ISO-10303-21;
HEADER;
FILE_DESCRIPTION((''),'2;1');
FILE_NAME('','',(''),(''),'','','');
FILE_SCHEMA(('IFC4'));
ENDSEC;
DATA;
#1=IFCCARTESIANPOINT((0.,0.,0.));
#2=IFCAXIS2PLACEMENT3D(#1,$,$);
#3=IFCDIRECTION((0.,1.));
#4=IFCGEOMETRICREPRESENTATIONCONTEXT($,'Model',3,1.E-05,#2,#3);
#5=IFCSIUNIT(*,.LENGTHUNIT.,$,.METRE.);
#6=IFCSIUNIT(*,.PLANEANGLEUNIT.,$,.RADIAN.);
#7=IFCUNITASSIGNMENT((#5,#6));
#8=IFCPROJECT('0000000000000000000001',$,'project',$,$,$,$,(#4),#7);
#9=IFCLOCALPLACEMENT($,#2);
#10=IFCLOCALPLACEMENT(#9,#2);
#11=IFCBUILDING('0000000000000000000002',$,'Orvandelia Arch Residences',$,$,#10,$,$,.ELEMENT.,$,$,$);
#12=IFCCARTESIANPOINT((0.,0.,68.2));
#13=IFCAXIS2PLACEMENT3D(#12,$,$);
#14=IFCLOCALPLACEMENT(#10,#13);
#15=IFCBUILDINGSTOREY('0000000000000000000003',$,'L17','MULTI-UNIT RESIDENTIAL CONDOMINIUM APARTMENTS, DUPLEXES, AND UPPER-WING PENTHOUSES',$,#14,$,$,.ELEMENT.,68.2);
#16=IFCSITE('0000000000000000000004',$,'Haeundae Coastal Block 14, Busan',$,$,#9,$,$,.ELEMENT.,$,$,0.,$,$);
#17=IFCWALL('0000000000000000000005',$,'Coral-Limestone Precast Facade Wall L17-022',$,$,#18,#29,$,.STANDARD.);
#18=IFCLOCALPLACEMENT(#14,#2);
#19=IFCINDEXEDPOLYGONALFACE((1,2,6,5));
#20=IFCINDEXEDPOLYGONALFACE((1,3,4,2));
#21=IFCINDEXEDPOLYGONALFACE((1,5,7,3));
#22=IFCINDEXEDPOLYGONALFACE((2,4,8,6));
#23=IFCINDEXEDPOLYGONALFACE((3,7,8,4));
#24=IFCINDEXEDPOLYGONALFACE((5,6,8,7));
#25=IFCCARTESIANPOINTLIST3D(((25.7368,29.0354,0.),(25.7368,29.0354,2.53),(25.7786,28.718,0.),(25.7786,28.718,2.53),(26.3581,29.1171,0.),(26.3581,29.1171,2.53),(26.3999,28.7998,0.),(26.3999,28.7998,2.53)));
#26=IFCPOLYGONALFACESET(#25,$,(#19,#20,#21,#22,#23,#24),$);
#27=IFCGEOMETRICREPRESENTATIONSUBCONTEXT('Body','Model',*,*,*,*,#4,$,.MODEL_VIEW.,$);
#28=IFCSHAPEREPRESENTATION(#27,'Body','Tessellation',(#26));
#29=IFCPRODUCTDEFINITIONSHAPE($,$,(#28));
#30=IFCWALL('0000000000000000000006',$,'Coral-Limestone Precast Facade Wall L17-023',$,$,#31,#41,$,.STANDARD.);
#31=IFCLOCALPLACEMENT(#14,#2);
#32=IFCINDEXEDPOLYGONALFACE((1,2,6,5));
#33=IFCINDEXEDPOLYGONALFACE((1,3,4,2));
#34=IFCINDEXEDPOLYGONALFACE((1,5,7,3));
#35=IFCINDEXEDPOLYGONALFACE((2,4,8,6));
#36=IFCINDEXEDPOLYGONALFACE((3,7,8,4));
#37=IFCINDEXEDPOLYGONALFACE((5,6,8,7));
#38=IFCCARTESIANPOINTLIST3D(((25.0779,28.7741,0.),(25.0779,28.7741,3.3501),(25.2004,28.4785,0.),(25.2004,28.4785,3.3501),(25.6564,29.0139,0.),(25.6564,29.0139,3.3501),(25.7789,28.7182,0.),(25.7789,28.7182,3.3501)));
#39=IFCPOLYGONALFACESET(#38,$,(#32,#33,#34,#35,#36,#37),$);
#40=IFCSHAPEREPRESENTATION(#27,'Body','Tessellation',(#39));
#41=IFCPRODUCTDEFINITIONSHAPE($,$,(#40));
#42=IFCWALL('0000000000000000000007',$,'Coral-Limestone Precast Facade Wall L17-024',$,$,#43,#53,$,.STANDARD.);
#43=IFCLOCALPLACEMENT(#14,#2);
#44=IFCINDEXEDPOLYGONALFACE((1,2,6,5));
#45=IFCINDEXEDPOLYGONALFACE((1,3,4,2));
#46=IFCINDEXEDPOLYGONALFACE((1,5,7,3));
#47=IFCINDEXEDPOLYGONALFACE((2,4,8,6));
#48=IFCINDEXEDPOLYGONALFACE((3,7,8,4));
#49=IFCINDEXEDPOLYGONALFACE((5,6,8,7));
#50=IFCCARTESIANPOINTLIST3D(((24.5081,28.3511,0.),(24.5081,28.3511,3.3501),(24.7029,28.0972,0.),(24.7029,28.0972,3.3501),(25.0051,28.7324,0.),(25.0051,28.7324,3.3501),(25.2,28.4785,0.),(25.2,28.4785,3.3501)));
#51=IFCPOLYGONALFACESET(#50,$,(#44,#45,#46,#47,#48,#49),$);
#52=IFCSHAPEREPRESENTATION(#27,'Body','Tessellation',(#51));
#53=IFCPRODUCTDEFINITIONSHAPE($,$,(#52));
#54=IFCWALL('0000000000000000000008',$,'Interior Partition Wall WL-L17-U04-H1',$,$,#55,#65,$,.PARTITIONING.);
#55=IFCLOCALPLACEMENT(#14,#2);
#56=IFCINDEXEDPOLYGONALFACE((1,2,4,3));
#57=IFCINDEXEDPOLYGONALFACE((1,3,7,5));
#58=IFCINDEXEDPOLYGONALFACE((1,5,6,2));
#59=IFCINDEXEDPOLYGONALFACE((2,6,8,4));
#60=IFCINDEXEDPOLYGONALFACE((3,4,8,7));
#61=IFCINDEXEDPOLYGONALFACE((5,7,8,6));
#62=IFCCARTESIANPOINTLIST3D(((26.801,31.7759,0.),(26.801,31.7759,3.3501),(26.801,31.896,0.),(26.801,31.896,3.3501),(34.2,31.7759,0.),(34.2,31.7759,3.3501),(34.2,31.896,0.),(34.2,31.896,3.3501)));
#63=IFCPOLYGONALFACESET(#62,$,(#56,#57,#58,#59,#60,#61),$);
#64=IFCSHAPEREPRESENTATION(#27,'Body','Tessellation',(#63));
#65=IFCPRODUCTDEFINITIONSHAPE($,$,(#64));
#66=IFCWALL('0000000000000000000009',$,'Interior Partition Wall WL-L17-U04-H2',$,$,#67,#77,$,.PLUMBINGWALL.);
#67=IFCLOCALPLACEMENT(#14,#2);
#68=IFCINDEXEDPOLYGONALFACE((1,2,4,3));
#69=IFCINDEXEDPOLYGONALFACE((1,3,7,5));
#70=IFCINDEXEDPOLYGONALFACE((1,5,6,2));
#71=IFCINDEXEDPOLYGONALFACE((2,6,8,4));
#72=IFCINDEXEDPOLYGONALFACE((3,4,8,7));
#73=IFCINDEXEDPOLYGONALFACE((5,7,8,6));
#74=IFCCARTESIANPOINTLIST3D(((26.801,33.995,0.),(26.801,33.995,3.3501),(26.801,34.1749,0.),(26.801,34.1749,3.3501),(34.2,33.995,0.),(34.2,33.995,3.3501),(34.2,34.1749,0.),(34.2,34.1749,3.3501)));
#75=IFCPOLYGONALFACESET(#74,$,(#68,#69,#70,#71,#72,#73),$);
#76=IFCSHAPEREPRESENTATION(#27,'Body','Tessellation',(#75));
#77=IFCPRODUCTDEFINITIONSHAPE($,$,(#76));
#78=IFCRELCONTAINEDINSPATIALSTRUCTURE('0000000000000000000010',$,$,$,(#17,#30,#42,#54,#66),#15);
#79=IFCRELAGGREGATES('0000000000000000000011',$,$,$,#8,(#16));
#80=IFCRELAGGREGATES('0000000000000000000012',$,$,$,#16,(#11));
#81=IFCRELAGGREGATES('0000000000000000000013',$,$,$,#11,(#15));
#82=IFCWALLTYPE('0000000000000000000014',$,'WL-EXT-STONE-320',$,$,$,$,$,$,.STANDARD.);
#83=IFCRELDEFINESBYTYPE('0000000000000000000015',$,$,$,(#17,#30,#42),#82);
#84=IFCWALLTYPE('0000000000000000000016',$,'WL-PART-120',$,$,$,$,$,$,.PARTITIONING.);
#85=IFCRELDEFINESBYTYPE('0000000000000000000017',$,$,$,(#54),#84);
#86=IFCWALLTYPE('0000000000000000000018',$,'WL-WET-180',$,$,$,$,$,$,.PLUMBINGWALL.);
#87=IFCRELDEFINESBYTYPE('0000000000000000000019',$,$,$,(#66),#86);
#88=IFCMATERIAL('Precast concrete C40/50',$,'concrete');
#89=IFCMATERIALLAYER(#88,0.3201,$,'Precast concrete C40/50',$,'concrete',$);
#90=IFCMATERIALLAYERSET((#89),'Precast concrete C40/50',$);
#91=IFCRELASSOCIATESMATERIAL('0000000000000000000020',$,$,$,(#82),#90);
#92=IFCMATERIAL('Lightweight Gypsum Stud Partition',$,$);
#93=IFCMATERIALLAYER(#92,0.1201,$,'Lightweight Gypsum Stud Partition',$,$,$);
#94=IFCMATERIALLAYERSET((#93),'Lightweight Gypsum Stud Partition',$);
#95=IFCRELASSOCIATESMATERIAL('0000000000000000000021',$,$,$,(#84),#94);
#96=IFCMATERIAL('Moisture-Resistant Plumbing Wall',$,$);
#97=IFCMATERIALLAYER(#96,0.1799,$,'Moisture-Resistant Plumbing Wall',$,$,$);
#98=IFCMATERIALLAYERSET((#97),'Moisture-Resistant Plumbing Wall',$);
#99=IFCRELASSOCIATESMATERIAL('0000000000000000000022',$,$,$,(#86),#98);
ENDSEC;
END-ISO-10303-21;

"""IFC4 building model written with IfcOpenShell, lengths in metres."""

from ifc_helpers import new_model, si_unit, direction, frame, frame_2d, origin, place, context, subcontext, project, spatial, rectangle, extrude, material, layer, layer_set, type_object, element, save


model = new_model("IFC4")

# Units and contexts
model_context = context("Model", 3, precision=1e-05, world=origin(), true_north=direction((0.0, 1.0)))
body_context = subcontext(model_context, "Body", "Model", "MODEL_VIEW")
ifc_project = project(units=[si_unit("LENGTHUNIT", "METRE"), si_unit("PLANEANGLEUNIT", "RADIAN")], contexts=[model_context])

# Site, building, storey
site_placement = place(None, origin())
site = spatial("IfcSite", under=ifc_project, at=site_placement, Name="Haeundae Coastal Block 14, Busan", CompositionType="ELEMENT", RefElevation=0.0)
building_placement = place(site_placement, origin())
building = spatial("IfcBuilding", under=site, at=building_placement, Name="Orvandelia Arch Residences", CompositionType="ELEMENT")
storey_placement = place(building_placement, frame((0.0, 0.0, 68.2)))
storey = spatial("IfcBuildingStorey", under=building, at=storey_placement, Name="L17", Description="MULTI-UNIT RESIDENTIAL CONDOMINIUM APARTMENTS, DUPLEXES, AND UPPER-WING PENTHOUSES", CompositionType="ELEMENT", Elevation=68.2)

# Walls
ifc_material_1 = material(Name="Precast concrete C40/50", Category="concrete")
ifc_layer_1 = layer(ifc_material_1, 0.3201, Name="Precast concrete C40/50", Category="concrete")
ifc_layer_set_1 = layer_set([ifc_layer_1], Name="Precast concrete C40/50")
wall_type_1 = type_object("IfcWallType", Name="WL-EXT-STONE-320", PredefinedType="STANDARD", material=ifc_layer_set_1)
wall_1_placement = place(storey_placement, frame((26.3792, 28.9585, 0.0), z_axis=(0.0, 0.0, 1.0), x_axis=(-0.991448, -0.130505, 0.0)))
element("IfcWall", 1, at=wall_1_placement, inside=storey, type_object=wall_type_1, Name="Coral-Limestone Precast Facade Wall L17-022", PredefinedType="STANDARD", context=body_context, shape_type="SweptSolid", body=[
    extrude(rectangle(XDim=0.6267, YDim=0.3201, at=frame_2d((0.3135, 0.0))), origin(), (0.0, 0.0, 1.0), 2.53),
])
wall_2_placement = place(storey_placement, frame((25.7175, 28.866, 0.0), z_axis=(0.0, 0.0, 1.0), x_axis=(-0.923836, -0.382788, 0.0)))
element("IfcWall", 2, at=wall_2_placement, inside=storey, type_object=wall_type_1, Name="Coral-Limestone Precast Facade Wall L17-023", PredefinedType="STANDARD", context=body_context, shape_type="SweptSolid", body=[
    extrude(rectangle(XDim=0.6262, YDim=0.3201, at=frame_2d((0.313, 0.0))), origin(), (0.0, 0.0, 1.0), 3.3501),
])
wall_3_placement = place(storey_placement, frame((25.1025, 28.6055, 0.0), z_axis=(0.0, 0.0, 1.0), x_axis=(-0.793406, -0.608693, 0.0)))
element("IfcWall", 3, at=wall_3_placement, inside=storey, type_object=wall_type_1, Name="Coral-Limestone Precast Facade Wall L17-024", PredefinedType="STANDARD", context=body_context, shape_type="SweptSolid", body=[
    extrude(rectangle(XDim=0.6265, YDim=0.3201, at=frame_2d((0.3132, 0.0))), origin(), (0.0, 0.0, 1.0), 3.3501),
])
ifc_material_2 = material(Name="Lightweight Gypsum Stud Partition")
ifc_layer_2 = layer(ifc_material_2, 0.1201, Name="Lightweight Gypsum Stud Partition")
ifc_layer_set_2 = layer_set([ifc_layer_2], Name="Lightweight Gypsum Stud Partition")
wall_type_2 = type_object("IfcWallType", Name="WL-PART-120", PredefinedType="PARTITIONING", material=ifc_layer_set_2)
wall_4_placement = place(storey_placement, frame((26.801, 31.8359, 0.0), z_axis=(0.0, 0.0, 1.0), x_axis=(1.0, 0.0, 0.0)))
element("IfcWall", 4, at=wall_4_placement, inside=storey, type_object=wall_type_2, Name="Interior Partition Wall WL-L17-U04-H1", PredefinedType="PARTITIONING", context=body_context, shape_type="SweptSolid", body=[
    extrude(rectangle(XDim=7.3989, YDim=0.1201, at=frame_2d((3.6995, 0.0))), origin(), (0.0, 0.0, 1.0), 3.3501),
])

# Shared definitions
ifc_material_3 = material(Name="Moisture-Resistant Plumbing Wall")
ifc_layer_3 = layer(ifc_material_3, 0.1799, Name="Moisture-Resistant Plumbing Wall")
ifc_layer_set_3 = layer_set([ifc_layer_3], Name="Moisture-Resistant Plumbing Wall")
wall_type_3 = type_object("IfcWallType", Name="WL-WET-180", PredefinedType="PLUMBINGWALL", material=ifc_layer_set_3)

# Wall
wall_5_placement = place(storey_placement, frame((26.801, 34.085, 0.0), z_axis=(0.0, 0.0, 1.0), x_axis=(1.0, 0.0, 0.0)))
element("IfcWall", 5, at=wall_5_placement, inside=storey, type_object=wall_type_3, Name="Interior Partition Wall WL-L17-U04-H2", PredefinedType="PLUMBINGWALL", context=body_context, shape_type="SweptSolid", body=[
    extrude(rectangle(XDim=7.3989, YDim=0.1799, at=frame_2d((3.6995, 0.0))), origin(), (0.0, 0.0, 1.0), 3.3501),
])

save(model, "model.ifc")
